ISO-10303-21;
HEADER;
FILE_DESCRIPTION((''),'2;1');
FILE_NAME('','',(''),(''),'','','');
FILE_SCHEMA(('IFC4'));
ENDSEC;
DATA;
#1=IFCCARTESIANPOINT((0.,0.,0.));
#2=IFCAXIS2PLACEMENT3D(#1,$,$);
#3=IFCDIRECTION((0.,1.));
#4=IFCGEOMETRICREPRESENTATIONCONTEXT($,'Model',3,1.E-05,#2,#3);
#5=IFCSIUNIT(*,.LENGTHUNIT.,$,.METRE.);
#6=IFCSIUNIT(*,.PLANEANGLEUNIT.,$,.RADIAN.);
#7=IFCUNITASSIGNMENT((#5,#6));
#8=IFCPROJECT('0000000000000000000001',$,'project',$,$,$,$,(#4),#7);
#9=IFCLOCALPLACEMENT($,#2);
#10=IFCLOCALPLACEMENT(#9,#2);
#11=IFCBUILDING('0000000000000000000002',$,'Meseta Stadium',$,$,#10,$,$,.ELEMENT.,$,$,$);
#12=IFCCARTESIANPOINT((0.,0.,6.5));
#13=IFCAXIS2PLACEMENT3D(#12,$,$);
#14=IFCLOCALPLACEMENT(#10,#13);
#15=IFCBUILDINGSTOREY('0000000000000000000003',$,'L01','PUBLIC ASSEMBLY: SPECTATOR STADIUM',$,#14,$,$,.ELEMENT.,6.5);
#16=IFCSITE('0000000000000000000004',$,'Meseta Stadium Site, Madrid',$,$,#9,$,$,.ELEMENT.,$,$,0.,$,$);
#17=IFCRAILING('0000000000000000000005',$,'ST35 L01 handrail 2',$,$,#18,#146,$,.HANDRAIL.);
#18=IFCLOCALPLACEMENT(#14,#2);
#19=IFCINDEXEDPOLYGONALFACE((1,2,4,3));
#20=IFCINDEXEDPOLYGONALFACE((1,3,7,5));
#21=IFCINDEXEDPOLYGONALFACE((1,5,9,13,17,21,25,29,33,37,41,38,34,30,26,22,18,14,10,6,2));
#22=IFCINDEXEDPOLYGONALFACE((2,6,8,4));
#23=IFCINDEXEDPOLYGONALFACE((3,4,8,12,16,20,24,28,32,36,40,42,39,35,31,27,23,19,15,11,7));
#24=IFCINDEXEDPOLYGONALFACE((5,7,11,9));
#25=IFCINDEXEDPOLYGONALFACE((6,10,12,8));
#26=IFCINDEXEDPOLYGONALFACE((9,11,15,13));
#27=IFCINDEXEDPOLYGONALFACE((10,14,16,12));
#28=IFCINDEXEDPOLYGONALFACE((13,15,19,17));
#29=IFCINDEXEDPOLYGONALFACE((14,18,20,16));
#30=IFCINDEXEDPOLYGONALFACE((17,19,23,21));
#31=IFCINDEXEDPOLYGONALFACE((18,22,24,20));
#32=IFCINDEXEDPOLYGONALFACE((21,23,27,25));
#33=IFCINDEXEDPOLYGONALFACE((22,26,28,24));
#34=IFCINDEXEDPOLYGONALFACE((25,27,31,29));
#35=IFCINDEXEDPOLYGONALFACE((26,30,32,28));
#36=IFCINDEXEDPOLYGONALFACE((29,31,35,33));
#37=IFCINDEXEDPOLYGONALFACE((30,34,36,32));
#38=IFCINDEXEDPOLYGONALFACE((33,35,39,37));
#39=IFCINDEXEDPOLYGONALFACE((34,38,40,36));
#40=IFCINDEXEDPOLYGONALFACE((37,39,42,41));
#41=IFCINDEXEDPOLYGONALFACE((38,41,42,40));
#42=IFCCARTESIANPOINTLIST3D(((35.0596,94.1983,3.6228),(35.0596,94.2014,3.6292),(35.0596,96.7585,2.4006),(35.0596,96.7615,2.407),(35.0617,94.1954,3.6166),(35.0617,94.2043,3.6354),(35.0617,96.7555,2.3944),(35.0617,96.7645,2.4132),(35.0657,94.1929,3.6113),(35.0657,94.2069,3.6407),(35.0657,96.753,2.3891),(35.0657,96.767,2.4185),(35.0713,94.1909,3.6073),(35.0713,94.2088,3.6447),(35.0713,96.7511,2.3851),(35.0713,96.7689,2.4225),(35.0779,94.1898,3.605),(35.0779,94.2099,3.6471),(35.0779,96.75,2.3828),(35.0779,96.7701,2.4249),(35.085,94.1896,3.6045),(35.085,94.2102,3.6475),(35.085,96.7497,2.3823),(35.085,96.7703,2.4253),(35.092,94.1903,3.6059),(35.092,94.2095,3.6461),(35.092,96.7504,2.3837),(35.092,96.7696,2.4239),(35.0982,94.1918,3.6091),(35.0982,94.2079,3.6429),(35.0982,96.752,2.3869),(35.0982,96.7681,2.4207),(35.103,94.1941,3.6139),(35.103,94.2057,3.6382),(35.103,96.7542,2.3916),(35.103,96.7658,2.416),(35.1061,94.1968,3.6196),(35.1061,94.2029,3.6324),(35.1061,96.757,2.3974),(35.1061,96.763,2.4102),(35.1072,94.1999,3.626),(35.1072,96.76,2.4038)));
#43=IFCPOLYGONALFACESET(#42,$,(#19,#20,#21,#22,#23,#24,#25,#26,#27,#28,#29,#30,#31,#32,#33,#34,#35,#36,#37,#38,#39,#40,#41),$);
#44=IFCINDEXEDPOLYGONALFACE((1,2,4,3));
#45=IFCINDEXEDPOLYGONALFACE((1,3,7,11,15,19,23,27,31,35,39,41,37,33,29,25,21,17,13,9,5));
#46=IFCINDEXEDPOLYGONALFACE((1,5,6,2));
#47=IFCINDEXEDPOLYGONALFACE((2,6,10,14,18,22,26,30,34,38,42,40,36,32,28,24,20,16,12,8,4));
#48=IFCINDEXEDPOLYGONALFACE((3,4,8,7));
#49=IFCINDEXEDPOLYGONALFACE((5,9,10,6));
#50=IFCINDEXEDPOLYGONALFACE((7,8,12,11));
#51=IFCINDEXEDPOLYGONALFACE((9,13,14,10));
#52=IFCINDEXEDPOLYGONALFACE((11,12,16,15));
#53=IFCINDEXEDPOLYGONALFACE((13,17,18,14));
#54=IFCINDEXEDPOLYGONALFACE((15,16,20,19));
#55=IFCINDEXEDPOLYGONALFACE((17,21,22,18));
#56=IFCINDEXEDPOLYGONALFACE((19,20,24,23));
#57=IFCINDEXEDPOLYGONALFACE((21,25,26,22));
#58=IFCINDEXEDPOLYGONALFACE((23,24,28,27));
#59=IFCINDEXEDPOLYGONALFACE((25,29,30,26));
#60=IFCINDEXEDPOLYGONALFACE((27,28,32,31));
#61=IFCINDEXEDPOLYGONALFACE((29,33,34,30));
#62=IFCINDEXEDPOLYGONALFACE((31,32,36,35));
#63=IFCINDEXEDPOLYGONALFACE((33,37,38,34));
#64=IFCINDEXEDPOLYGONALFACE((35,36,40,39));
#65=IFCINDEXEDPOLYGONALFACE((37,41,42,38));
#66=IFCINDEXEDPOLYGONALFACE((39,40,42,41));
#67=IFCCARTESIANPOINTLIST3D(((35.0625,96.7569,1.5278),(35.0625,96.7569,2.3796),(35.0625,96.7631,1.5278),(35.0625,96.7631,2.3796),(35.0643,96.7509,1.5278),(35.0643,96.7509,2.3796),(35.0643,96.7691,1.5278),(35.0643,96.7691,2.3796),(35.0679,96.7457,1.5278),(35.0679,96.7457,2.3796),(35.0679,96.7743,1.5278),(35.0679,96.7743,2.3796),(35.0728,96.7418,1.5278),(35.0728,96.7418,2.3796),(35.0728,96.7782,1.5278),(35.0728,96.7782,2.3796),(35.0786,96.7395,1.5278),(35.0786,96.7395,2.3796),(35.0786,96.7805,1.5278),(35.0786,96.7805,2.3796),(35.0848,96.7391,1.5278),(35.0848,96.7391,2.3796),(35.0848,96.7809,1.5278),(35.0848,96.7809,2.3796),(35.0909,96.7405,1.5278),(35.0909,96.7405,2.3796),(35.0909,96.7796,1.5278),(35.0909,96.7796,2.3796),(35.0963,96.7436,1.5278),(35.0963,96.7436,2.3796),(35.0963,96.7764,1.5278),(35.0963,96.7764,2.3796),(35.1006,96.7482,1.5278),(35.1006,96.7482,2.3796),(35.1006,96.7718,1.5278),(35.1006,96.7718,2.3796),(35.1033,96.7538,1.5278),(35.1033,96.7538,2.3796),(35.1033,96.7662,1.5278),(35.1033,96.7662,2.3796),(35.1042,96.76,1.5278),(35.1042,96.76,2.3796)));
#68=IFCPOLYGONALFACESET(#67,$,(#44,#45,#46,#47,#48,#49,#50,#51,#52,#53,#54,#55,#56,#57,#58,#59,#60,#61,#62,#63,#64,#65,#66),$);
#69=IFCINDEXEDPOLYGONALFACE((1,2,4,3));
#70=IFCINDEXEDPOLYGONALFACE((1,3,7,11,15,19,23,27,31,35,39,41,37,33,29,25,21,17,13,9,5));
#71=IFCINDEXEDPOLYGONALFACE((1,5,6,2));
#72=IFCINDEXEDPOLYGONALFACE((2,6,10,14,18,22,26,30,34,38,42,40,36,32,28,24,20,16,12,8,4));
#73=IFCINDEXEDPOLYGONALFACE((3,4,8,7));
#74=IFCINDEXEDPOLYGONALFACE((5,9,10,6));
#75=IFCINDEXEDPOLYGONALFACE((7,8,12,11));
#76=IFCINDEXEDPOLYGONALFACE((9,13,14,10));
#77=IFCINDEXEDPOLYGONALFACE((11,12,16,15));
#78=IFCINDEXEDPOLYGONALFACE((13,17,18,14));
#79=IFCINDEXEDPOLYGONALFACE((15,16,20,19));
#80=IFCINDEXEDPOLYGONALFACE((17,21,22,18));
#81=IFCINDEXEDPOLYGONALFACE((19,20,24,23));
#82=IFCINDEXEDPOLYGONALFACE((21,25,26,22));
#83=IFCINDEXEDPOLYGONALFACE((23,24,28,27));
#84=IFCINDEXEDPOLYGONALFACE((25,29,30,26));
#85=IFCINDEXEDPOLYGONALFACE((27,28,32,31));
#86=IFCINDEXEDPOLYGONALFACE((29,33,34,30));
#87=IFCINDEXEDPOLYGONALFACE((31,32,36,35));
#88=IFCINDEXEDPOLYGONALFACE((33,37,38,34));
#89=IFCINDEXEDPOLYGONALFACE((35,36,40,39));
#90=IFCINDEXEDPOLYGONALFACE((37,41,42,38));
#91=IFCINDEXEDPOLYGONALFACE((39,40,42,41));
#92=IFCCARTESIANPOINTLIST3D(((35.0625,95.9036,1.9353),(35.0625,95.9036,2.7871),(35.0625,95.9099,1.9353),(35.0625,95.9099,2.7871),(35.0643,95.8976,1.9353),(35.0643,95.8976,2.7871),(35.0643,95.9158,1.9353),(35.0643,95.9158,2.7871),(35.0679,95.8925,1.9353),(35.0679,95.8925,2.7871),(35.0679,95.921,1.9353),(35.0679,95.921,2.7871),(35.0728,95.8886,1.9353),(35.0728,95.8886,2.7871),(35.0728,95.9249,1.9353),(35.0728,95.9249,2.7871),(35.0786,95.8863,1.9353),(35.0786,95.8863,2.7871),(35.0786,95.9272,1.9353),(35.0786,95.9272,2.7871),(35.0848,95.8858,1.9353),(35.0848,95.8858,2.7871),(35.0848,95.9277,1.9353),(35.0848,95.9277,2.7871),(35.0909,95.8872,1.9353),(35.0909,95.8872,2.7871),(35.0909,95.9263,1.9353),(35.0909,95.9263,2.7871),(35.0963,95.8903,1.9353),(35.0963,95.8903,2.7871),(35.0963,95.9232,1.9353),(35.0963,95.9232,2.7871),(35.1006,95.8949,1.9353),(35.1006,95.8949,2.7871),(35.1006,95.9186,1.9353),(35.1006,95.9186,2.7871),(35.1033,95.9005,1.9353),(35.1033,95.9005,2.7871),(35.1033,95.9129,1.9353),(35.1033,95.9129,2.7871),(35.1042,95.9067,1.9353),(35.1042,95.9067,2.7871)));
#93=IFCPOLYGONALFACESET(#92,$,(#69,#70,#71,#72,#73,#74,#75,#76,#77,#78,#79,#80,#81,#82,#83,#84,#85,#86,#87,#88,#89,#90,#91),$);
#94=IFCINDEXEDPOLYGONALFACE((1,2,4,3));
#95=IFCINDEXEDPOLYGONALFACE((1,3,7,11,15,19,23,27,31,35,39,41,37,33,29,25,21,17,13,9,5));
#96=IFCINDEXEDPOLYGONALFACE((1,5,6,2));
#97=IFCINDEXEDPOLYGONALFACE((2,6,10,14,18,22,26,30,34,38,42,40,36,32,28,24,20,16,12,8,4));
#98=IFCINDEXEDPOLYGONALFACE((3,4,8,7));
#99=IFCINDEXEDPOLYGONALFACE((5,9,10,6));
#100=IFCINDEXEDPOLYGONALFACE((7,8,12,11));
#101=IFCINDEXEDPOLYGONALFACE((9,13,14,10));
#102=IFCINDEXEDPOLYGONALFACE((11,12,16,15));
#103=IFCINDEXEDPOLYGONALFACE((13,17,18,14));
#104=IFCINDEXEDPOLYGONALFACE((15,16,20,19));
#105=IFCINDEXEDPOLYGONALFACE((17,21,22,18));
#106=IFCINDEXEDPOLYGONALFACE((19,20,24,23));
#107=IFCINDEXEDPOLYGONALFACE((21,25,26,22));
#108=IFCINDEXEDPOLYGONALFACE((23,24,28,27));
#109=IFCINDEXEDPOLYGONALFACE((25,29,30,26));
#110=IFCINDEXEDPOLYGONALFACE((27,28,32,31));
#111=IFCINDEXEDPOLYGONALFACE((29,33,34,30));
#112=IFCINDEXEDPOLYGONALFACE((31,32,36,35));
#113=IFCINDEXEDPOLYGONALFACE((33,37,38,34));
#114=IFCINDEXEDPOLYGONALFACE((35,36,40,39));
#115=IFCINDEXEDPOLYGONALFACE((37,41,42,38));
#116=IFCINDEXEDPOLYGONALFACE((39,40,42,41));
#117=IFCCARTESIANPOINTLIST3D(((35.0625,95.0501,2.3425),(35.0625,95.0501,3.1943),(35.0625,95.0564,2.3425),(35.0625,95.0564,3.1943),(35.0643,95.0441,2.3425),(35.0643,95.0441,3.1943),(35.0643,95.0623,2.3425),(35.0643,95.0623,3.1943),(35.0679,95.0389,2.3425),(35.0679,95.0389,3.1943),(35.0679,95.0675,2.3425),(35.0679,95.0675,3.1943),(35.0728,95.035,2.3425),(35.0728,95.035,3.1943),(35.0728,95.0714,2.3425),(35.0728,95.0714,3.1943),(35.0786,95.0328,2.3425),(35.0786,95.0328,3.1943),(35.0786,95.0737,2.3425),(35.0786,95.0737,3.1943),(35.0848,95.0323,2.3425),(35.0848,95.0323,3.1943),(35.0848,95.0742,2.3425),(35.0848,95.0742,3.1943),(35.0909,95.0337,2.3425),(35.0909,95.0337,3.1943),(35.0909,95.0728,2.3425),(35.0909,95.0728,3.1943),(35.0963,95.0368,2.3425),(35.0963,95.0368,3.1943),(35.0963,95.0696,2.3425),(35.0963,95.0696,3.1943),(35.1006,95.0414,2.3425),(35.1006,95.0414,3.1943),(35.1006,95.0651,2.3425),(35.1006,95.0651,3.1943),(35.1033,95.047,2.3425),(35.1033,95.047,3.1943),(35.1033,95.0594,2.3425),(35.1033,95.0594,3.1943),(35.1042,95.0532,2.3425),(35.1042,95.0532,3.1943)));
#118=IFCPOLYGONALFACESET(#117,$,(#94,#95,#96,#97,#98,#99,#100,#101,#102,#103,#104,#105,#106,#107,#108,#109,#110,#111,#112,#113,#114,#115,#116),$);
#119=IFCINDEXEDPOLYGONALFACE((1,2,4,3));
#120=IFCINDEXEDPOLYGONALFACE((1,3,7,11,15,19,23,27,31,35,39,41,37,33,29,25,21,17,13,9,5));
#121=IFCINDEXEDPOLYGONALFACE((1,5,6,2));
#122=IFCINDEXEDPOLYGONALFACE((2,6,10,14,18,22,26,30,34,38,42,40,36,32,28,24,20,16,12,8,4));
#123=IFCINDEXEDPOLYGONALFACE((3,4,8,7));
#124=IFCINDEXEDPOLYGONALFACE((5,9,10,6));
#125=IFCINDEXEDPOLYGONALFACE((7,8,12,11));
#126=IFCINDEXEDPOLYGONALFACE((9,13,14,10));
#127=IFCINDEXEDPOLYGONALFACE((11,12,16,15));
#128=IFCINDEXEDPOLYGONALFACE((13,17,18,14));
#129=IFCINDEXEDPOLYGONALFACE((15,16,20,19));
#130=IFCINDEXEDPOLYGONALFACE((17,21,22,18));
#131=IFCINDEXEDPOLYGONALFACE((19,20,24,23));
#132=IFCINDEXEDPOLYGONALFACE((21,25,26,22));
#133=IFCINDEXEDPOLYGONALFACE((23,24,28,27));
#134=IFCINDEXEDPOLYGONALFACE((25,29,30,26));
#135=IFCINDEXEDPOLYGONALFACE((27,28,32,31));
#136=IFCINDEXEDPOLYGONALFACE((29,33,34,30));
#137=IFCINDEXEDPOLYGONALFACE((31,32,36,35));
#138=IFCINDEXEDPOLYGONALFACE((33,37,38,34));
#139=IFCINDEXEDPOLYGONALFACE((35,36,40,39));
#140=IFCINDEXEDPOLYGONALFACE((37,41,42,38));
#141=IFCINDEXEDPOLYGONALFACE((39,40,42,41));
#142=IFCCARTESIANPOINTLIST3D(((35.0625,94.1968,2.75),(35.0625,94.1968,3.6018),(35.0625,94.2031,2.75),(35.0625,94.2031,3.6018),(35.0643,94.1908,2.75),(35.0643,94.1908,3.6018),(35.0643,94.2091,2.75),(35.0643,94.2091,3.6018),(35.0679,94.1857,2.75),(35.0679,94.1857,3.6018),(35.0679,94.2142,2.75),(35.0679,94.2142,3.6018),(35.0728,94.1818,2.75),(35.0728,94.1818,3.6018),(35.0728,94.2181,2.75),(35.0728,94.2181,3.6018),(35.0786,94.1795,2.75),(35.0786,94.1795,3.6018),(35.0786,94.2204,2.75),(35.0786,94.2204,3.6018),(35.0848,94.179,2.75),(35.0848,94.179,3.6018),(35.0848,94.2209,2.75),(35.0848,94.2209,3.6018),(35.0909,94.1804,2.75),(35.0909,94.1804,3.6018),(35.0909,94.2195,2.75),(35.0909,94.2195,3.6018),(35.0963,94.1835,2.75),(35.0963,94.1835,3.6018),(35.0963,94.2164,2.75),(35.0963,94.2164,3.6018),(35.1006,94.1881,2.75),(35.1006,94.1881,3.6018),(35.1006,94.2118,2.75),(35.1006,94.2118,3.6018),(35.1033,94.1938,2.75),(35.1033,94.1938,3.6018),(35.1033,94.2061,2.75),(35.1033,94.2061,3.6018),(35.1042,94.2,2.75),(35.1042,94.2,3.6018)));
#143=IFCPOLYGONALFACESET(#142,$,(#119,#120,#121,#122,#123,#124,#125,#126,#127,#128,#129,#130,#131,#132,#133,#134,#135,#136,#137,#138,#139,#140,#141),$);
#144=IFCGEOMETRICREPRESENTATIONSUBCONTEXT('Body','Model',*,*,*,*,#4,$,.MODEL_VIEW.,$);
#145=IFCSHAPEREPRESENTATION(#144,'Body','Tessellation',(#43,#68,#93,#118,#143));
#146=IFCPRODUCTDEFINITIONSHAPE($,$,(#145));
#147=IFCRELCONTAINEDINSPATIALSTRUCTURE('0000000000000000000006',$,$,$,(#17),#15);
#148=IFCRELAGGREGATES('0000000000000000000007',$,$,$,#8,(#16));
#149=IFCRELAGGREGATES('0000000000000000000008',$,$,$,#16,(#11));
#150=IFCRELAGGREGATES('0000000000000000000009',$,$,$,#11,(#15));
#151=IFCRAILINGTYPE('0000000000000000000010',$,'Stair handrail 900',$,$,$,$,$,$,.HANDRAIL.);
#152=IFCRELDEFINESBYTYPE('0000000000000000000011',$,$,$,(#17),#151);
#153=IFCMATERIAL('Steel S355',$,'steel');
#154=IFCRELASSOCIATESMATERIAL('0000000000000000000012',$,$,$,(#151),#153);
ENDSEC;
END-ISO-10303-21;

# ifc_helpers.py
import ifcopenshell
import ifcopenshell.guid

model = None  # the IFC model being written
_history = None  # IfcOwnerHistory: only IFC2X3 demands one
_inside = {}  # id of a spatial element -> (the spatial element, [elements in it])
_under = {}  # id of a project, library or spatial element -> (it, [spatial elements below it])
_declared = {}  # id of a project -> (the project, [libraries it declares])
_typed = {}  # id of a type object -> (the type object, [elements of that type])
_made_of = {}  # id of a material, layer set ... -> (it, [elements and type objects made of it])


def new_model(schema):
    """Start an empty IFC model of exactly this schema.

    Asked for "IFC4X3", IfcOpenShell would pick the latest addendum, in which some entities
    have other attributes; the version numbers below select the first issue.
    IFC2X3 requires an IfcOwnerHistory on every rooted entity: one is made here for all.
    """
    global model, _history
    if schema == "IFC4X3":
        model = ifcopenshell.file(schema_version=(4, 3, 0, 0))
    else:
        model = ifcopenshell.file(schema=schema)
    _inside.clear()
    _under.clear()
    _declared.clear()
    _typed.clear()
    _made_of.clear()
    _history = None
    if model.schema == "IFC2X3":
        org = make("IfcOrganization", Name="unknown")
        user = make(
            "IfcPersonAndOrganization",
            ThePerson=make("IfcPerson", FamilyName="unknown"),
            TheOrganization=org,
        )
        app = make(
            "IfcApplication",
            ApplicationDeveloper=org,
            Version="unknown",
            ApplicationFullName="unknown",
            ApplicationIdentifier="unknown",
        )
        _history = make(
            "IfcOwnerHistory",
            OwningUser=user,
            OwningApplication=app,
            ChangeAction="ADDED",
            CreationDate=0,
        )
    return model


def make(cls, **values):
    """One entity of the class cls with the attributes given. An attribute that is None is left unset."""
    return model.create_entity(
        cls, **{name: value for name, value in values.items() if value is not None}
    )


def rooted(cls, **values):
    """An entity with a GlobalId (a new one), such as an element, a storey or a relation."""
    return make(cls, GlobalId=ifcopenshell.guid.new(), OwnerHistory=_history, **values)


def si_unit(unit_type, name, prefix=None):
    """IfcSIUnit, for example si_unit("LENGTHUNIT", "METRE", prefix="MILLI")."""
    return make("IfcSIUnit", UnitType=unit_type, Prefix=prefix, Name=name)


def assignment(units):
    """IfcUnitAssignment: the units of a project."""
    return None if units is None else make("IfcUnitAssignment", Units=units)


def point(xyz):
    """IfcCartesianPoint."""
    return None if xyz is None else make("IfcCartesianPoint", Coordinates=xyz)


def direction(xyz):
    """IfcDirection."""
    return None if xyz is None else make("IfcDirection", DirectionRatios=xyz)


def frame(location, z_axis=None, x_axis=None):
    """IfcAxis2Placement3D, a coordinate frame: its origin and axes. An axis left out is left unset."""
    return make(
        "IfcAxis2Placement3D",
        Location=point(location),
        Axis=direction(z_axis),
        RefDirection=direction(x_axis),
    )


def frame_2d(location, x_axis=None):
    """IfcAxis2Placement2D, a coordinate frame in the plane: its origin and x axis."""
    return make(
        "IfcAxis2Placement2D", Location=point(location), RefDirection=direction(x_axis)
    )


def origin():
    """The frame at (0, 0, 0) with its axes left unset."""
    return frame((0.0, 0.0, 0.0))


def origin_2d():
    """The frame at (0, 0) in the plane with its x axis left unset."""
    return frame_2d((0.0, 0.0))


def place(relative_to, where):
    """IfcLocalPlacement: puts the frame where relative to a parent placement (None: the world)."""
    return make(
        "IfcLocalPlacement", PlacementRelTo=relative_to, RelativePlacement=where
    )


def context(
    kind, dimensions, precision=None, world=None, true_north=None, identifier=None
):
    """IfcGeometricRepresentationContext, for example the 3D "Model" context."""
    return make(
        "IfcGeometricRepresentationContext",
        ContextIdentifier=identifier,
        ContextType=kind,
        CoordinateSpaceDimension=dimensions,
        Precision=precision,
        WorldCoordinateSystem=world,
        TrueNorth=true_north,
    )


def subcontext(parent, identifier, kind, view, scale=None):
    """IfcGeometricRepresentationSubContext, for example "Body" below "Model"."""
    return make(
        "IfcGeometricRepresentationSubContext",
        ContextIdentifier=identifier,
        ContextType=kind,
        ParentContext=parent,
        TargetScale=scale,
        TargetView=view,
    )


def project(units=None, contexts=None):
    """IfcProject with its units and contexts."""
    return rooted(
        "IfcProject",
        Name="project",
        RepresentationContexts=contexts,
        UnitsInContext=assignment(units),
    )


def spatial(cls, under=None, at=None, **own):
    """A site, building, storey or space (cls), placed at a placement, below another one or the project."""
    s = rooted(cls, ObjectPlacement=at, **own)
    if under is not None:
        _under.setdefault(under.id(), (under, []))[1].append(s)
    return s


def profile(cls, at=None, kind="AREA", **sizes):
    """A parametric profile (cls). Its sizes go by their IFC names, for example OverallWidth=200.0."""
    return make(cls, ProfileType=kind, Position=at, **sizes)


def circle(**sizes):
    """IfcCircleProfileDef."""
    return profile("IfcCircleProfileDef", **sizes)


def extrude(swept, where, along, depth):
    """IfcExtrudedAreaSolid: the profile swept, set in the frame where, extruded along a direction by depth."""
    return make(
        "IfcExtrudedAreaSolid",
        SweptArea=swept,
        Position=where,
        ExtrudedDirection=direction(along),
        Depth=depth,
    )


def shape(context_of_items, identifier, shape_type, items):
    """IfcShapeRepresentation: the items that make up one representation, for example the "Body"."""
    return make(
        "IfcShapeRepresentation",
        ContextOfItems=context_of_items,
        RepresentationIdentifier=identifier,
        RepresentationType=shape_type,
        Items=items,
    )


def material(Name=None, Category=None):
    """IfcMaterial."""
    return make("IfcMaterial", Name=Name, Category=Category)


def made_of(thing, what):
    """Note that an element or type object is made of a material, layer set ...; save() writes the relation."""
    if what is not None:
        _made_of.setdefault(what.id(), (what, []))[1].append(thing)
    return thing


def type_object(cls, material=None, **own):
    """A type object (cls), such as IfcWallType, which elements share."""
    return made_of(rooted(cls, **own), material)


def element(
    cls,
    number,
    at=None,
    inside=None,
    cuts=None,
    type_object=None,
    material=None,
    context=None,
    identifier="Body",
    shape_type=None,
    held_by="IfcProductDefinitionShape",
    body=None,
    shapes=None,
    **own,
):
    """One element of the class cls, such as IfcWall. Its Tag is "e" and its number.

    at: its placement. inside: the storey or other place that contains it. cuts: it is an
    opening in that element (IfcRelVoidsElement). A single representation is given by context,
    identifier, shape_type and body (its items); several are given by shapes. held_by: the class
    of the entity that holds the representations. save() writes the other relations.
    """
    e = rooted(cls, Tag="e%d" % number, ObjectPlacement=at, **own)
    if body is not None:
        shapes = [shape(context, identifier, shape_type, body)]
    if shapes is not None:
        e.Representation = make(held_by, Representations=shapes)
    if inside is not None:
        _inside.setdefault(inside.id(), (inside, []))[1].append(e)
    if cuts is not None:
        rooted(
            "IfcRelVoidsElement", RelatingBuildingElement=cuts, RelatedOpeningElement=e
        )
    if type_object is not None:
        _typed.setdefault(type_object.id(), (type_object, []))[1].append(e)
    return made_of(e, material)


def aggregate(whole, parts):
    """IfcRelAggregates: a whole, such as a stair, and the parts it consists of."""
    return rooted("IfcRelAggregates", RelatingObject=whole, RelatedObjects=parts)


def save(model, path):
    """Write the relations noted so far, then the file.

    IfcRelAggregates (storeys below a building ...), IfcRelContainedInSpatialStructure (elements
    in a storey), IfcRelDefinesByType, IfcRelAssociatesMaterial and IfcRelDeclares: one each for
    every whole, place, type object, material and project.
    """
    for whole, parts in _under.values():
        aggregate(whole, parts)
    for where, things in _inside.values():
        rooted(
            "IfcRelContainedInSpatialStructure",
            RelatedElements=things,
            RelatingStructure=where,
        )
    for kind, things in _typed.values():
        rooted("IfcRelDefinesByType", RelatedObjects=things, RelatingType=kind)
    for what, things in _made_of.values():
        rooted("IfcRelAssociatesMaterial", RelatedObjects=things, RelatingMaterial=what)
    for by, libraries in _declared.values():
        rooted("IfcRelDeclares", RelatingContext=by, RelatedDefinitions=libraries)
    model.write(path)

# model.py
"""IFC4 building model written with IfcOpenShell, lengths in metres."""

from ifc_helpers import new_model, si_unit, direction, frame, origin, origin_2d, place, context, subcontext, project, spatial, circle, extrude, material, type_object, element, save


model = new_model("IFC4")

# Units and contexts
model_context = context("Model", 3, precision=1e-05, world=origin(), true_north=direction((0.0, 1.0)))
body_context = subcontext(model_context, "Body", "Model", "MODEL_VIEW")
ifc_project = project(units=[si_unit("LENGTHUNIT", "METRE"), si_unit("PLANEANGLEUNIT", "RADIAN")], contexts=[model_context])

# Site, building, storey
site_placement = place(None, origin())
site = spatial("IfcSite", under=ifc_project, at=site_placement, Name="Meseta Stadium Site, Madrid", CompositionType="ELEMENT", RefElevation=0.0)
building_placement = place(site_placement, origin())
building = spatial("IfcBuilding", under=site, at=building_placement, Name="Meseta Stadium", CompositionType="ELEMENT")
storey_placement = place(building_placement, frame((0.0, 0.0, 6.5)))
storey = spatial("IfcBuildingStorey", under=building, at=storey_placement, Name="L01", Description="PUBLIC ASSEMBLY: SPECTATOR STADIUM", CompositionType="ELEMENT", Elevation=6.5)

# Railing
ifc_material_1 = material(Name="Steel S355", Category="steel")
railing_type_1 = type_object("IfcRailingType", Name="Stair handrail 900", PredefinedType="HANDRAIL", material=ifc_material_1)
for number, where, name in (
    (1, (35.0833, 96.76, 1.5278), "ST35 L01 handrail 2"),
):
    element("IfcRailing", number, at=place(storey_placement, frame(where)), inside=storey, type_object=railing_type_1, Name=name, PredefinedType="HANDRAIL", context=body_context, shape_type="SweptSolid", body=[
        extrude(circle(Radius=0.0239, at=origin_2d()), frame((0.0, 0.0, 0.876), z_axis=(0.0, -0.902437, 0.430822), x_axis=(1.0, 0.0, 0.0)), (0.0, 0.0, 1.0), 2.8369),
        extrude(circle(Radius=0.021, at=origin_2d()), origin(), (0.0, 0.0, 1.0), 0.8518),
        extrude(circle(Radius=0.021, at=origin_2d()), frame((0.0, -0.8533, 0.4075)), (0.0, 0.0, 1.0), 0.8518),
        extrude(circle(Radius=0.021, at=origin_2d()), frame((0.0, -1.7068, 0.8147)), (0.0, 0.0, 1.0), 0.8518),
        extrude(circle(Radius=0.021, at=origin_2d()), frame((0.0, -2.5601, 1.2222)), (0.0, 0.0, 1.0), 0.8518),
    ])

save(model, "model.ifc")
